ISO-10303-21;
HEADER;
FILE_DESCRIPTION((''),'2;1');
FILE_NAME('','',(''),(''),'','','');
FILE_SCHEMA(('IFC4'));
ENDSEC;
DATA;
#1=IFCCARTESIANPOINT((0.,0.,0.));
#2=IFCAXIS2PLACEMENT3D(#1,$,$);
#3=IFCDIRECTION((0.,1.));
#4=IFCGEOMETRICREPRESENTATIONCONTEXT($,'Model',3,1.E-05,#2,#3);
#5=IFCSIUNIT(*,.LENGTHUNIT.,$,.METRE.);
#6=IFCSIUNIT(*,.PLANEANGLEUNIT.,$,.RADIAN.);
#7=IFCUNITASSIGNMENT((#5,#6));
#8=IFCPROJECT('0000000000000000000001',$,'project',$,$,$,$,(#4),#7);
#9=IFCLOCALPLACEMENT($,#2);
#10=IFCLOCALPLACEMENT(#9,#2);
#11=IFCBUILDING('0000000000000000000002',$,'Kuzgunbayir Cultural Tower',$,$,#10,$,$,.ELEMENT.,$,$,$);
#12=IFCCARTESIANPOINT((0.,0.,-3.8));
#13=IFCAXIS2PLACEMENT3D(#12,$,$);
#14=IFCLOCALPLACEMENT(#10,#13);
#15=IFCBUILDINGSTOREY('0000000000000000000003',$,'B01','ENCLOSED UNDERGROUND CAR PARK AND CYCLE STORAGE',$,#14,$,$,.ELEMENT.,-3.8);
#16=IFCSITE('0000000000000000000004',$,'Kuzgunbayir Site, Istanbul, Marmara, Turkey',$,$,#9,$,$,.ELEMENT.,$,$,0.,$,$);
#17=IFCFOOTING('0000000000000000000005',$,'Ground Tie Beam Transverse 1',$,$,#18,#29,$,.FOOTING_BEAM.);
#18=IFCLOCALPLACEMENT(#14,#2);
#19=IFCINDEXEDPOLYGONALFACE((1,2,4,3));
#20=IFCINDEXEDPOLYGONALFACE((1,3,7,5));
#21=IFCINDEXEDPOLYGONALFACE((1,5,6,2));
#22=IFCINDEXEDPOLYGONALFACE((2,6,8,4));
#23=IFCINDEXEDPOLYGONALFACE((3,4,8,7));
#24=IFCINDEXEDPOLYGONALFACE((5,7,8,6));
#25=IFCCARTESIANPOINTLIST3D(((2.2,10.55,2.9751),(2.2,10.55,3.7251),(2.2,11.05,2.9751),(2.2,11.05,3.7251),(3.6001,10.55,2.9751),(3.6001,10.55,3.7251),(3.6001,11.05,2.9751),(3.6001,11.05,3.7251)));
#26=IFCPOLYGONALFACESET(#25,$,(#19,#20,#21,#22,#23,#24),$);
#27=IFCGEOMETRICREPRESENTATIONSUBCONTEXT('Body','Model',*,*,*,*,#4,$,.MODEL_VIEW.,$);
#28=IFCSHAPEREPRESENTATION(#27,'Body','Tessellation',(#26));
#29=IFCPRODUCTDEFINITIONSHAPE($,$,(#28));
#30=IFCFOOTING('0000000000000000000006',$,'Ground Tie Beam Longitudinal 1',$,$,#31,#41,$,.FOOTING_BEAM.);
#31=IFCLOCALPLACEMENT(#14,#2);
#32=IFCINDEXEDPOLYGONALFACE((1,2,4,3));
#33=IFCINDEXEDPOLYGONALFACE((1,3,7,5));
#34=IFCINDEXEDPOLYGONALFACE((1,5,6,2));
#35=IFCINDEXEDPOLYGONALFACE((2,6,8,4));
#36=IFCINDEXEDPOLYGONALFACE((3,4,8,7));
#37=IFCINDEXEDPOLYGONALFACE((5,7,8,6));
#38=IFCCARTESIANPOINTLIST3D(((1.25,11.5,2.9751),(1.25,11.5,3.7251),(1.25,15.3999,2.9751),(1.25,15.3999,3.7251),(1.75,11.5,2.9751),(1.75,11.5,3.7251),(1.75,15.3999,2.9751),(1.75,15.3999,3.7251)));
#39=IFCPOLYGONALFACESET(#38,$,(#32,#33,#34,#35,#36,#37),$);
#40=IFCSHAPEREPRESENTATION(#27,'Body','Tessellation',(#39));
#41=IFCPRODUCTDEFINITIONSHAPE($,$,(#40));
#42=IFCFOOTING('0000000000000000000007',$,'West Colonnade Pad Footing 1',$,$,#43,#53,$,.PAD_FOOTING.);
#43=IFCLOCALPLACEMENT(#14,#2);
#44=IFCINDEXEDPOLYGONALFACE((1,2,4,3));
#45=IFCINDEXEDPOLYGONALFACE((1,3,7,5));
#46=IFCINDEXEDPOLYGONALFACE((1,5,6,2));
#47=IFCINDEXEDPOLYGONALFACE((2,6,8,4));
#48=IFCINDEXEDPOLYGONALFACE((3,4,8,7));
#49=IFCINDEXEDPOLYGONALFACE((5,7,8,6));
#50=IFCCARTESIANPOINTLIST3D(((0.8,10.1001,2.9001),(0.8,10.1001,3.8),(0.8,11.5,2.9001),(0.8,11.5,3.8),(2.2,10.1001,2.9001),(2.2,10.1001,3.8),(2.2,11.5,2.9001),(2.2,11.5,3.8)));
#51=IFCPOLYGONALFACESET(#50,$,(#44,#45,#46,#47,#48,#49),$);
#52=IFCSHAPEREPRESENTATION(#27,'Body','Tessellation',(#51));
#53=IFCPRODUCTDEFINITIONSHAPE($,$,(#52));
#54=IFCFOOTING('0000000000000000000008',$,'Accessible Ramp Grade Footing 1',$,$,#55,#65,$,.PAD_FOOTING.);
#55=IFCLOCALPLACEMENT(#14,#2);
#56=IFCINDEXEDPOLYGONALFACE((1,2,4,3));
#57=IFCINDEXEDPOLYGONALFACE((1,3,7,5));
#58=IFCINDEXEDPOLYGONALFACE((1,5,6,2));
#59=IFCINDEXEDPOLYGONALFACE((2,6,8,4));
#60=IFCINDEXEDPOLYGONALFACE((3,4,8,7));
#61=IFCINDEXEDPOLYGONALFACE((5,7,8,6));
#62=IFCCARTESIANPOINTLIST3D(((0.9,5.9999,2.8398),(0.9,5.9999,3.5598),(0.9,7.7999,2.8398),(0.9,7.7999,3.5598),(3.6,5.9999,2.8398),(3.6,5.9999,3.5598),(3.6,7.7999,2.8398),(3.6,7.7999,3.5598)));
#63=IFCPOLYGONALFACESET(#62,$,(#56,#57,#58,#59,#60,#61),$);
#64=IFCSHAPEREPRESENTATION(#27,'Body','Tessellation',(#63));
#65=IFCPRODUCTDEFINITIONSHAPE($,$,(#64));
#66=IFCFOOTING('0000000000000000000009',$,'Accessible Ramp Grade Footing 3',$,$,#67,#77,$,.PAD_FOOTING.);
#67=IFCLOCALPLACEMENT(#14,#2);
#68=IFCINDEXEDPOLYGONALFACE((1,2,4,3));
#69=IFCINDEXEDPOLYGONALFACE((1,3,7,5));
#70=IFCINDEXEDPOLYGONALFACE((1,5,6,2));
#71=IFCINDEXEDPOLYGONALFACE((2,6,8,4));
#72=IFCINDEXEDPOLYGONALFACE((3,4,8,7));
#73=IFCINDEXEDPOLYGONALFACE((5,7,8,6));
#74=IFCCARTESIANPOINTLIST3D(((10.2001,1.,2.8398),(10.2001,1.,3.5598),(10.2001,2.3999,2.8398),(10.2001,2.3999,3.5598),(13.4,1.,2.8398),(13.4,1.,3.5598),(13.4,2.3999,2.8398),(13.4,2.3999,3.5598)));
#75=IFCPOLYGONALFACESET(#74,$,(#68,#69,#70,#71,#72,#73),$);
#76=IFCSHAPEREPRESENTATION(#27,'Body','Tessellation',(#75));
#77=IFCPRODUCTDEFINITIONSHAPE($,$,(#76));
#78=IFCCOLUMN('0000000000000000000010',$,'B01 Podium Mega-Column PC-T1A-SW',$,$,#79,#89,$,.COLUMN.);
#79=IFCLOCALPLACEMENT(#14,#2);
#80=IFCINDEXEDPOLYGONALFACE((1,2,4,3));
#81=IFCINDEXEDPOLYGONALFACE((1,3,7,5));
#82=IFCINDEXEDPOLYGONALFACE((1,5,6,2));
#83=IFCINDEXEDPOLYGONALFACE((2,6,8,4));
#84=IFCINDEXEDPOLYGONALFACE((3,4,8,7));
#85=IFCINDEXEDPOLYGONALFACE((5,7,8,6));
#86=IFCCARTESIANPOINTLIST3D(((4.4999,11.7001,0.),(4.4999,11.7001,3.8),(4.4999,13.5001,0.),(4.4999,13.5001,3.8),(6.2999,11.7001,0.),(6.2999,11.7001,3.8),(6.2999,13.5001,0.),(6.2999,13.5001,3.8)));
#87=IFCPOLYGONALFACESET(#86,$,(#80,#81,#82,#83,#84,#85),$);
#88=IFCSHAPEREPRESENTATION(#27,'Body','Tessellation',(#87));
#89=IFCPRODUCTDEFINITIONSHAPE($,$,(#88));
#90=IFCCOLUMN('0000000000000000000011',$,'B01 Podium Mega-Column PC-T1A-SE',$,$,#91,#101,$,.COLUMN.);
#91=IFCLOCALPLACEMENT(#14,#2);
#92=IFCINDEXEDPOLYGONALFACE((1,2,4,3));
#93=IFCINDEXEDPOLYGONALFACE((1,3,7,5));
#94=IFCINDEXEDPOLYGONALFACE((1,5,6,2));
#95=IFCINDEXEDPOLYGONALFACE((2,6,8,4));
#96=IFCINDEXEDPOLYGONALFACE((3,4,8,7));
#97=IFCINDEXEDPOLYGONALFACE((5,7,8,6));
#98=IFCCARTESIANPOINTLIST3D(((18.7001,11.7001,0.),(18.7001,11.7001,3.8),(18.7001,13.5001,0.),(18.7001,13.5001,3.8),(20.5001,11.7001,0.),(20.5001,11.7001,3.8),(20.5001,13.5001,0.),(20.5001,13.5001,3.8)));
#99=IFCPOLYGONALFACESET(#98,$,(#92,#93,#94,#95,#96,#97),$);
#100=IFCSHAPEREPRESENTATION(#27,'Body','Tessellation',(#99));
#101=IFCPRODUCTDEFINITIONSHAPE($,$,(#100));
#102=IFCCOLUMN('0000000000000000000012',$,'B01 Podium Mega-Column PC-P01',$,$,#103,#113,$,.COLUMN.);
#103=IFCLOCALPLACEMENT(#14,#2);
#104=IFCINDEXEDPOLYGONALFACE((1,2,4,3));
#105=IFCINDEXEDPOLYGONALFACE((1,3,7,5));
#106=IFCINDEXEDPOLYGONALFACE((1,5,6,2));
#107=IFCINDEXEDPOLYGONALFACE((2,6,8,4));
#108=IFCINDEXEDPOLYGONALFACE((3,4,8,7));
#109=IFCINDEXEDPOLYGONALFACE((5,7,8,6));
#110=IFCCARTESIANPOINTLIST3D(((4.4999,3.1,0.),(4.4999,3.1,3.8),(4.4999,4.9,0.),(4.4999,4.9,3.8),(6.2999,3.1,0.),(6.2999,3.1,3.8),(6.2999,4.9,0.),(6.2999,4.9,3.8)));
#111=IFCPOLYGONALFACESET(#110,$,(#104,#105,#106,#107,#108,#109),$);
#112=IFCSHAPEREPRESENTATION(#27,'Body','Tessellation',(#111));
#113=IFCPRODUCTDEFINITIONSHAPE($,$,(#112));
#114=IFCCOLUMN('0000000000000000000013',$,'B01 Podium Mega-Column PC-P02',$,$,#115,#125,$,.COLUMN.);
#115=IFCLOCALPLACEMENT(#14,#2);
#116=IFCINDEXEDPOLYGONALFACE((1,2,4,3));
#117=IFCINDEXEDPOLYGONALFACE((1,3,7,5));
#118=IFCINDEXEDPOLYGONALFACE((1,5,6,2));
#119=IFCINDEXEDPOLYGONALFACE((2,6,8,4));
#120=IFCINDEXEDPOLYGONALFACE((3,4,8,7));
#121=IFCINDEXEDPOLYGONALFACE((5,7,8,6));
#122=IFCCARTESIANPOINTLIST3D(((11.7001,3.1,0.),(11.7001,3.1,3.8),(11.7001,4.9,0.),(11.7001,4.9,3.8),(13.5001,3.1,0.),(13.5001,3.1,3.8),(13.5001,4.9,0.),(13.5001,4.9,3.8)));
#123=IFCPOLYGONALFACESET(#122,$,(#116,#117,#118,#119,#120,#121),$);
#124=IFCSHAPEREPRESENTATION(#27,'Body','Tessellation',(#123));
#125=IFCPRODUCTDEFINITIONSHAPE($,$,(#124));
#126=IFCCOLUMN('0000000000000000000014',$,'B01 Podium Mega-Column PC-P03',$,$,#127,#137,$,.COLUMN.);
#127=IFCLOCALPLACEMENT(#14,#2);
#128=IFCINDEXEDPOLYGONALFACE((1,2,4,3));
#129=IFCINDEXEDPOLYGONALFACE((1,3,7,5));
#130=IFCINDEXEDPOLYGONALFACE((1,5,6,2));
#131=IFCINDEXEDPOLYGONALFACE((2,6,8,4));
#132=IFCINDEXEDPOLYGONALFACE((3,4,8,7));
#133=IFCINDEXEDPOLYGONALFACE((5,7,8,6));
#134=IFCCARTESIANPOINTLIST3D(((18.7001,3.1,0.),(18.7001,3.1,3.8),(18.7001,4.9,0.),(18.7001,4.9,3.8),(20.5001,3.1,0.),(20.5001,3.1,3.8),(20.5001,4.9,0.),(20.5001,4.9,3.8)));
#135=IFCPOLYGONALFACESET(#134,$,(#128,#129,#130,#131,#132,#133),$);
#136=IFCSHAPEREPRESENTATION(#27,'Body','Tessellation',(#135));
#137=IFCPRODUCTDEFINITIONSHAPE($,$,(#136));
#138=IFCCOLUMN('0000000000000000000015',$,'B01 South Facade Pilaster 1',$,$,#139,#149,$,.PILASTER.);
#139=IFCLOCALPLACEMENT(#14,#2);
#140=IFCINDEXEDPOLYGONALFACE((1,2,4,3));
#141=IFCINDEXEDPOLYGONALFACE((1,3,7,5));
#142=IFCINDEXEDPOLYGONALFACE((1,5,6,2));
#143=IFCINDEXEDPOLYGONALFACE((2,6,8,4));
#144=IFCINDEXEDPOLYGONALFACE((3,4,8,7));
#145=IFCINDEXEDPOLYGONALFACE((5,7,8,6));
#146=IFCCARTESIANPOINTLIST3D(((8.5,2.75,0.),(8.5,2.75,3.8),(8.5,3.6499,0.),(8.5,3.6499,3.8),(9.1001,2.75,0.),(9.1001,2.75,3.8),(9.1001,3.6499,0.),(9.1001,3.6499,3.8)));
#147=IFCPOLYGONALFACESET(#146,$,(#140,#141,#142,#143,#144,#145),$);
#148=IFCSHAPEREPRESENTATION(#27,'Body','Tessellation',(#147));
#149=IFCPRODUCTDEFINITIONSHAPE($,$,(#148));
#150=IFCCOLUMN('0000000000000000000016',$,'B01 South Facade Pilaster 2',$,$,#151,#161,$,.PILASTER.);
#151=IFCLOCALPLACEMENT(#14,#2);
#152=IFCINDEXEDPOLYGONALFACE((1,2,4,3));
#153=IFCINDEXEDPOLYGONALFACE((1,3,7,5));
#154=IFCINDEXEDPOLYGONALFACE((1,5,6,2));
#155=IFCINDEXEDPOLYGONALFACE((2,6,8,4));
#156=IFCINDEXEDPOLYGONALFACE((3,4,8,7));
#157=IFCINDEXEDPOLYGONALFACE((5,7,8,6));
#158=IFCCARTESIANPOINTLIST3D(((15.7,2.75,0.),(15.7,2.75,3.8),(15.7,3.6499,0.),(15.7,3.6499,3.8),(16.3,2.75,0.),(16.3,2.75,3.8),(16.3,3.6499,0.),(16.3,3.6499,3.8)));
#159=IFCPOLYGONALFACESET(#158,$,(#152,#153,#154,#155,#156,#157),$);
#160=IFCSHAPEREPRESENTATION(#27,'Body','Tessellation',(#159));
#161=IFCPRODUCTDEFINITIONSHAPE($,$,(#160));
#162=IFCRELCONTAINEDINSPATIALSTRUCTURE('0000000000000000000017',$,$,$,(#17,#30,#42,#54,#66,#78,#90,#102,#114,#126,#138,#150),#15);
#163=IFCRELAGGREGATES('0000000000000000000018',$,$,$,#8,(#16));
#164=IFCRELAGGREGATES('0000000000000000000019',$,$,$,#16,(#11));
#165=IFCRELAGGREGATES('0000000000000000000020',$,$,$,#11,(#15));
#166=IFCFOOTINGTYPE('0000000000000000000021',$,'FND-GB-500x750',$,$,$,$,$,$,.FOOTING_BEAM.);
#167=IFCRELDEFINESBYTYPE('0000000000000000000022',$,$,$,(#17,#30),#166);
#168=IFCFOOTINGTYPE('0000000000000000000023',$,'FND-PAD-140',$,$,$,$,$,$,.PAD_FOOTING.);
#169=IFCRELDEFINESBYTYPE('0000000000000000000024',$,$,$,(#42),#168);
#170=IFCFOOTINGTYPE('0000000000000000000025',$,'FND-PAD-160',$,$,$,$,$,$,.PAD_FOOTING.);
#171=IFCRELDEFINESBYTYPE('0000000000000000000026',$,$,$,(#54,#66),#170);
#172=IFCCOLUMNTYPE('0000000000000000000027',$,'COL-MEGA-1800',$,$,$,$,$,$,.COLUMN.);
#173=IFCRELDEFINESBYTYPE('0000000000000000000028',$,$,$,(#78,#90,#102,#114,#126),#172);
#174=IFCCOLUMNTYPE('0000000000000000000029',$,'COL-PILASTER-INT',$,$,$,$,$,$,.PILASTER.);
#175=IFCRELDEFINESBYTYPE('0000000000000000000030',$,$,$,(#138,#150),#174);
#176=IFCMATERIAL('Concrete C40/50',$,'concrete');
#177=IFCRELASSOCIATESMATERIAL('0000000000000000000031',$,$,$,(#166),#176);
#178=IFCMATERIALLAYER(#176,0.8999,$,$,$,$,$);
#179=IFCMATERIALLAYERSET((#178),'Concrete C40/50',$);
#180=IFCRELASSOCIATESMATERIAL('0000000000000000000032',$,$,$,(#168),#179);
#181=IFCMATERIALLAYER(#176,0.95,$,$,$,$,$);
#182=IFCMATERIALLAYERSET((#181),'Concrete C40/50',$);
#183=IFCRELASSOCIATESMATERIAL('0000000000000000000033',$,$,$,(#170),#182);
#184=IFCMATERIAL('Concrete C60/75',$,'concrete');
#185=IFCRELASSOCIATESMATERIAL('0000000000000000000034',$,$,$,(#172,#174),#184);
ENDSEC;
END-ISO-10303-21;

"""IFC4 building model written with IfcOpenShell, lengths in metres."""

from ifc_helpers import new_model, si_unit, direction, frame, origin, origin_2d, place, context, subcontext, project, spatial, rectangle, extrude, material, layer, layer_set, material_profile, profile_set, type_object, element, save


model = new_model("IFC4")

# Units and contexts
model_context = context("Model", 3, precision=1e-05, world=origin(), true_north=direction((0.0, 1.0)))
body_context = subcontext(model_context, "Body", "Model", "MODEL_VIEW")
ifc_project = project(units=[si_unit("LENGTHUNIT", "METRE"), si_unit("PLANEANGLEUNIT", "RADIAN")], contexts=[model_context])

# Site, building, storey
site_placement = place(None, origin())
site = spatial("IfcSite", under=ifc_project, at=site_placement, Name="Kuzgunbayir Site, Istanbul, Marmara, Turkey", CompositionType="ELEMENT", RefElevation=0.0)
building_placement = place(site_placement, origin())
building = spatial("IfcBuilding", under=site, at=building_placement, Name="Kuzgunbayir Cultural Tower", CompositionType="ELEMENT")
storey_placement = place(building_placement, frame((0.0, 0.0, -3.8)))
storey = spatial("IfcBuildingStorey", under=building, at=storey_placement, Name="B01", Description="ENCLOSED UNDERGROUND CAR PARK AND CYCLE STORAGE", CompositionType="ELEMENT", Elevation=-3.8)

# Footings
ifc_material_1 = material(Name="Concrete C40/50", Category="concrete")
ifc_material_profile_1 = material_profile(ifc_material_1, rectangle(XDim=0.5, YDim=0.75, at=origin_2d()), Name="RC 500x750")
ifc_profile_set_1 = profile_set([ifc_material_profile_1], Name="Concrete C40/50")
footing_type_1 = type_object("IfcFootingType", Name="FND-GB-500x750", PredefinedType="FOOTING_BEAM", material=ifc_profile_set_1)
footing_1_placement = place(storey_placement, frame((2.2, 10.8, 3.3501), z_axis=(1.0, 0.0, 0.0), x_axis=(0.0, 1.0, 0.0)))
element("IfcFooting", 1, at=footing_1_placement, inside=storey, type_object=footing_type_1, Name="Ground Tie Beam Transverse 1", PredefinedType="FOOTING_BEAM", context=body_context, shape_type="SweptSolid", body=[
    extrude(rectangle(XDim=0.5, YDim=0.75, at=origin_2d()), origin(), (0.0, 0.0, 1.0), 1.4001),
])
footing_2_placement = place(storey_placement, frame((1.5, 11.5, 3.3501), z_axis=(0.0, 1.0, 0.0), x_axis=(-1.0, 0.0, 0.0)))
element("IfcFooting", 2, at=footing_2_placement, inside=storey, type_object=footing_type_1, Name="Ground Tie Beam Longitudinal 1", PredefinedType="FOOTING_BEAM", context=body_context, shape_type="SweptSolid", body=[
    extrude(rectangle(XDim=0.5, YDim=0.75, at=origin_2d()), origin(), (0.0, 0.0, 1.0), 3.8999),
])
ifc_layer_1 = layer(ifc_material_1, 0.8999)
ifc_layer_set_1 = layer_set([ifc_layer_1], Name="Concrete C40/50")
footing_type_2 = type_object("IfcFootingType", Name="FND-PAD-140", PredefinedType="PAD_FOOTING", material=ifc_layer_set_1)
footing_3_placement = place(storey_placement, frame((1.5, 10.8, 2.9001), z_axis=(0.0, 0.0, 1.0), x_axis=(1.0, 0.0, 0.0)))
element("IfcFooting", 3, at=footing_3_placement, inside=storey, type_object=footing_type_2, Name="West Colonnade Pad Footing 1", PredefinedType="PAD_FOOTING", context=body_context, shape_type="SweptSolid", body=[
    extrude(rectangle(XDim=1.3999, YDim=1.3999, at=origin_2d()), origin(), (0.0, 0.0, 1.0), 0.8999),
])
ifc_layer_2 = layer(ifc_material_1, 0.95)
ifc_layer_set_2 = layer_set([ifc_layer_2], Name="Concrete C40/50")
footing_type_3 = type_object("IfcFootingType", Name="FND-PAD-160", PredefinedType="PAD_FOOTING", material=ifc_layer_set_2)
footing_4_placement = place(storey_placement, frame((2.25, 6.8999, 2.8398), z_axis=(0.0, 0.0, 1.0), x_axis=(1.0, 0.0, 0.0)))
element("IfcFooting", 4, at=footing_4_placement, inside=storey, type_object=footing_type_3, Name="Accessible Ramp Grade Footing 1", PredefinedType="PAD_FOOTING", context=body_context, shape_type="SweptSolid", body=[
    extrude(rectangle(XDim=2.7, YDim=1.8, at=origin_2d()), origin(), (0.0, 0.0, 1.0), 0.72),
])
footing_5_placement = place(storey_placement, frame((11.8, 1.7, 2.8398), z_axis=(0.0, 0.0, 1.0), x_axis=(1.0, 0.0, 0.0)))
element("IfcFooting", 5, at=footing_5_placement, inside=storey, type_object=footing_type_3, Name="Accessible Ramp Grade Footing 3", PredefinedType="PAD_FOOTING", context=body_context, shape_type="SweptSolid", body=[
    extrude(rectangle(XDim=3.2, YDim=1.3999, at=origin_2d()), origin(), (0.0, 0.0, 1.0), 0.72),
])

# Columns
ifc_material_2 = material(Name="Concrete C60/75", Category="concrete")
ifc_material_profile_2 = material_profile(ifc_material_2, rectangle(XDim=1.8, YDim=1.8, at=origin_2d()), Name="RC 1800x1800")
ifc_profile_set_2 = profile_set([ifc_material_profile_2], Name="Concrete C60/75")
column_type_1 = type_object("IfcColumnType", Name="COL-MEGA-1800", PredefinedType="COLUMN", material=ifc_profile_set_2)
for number, where, z_axis, x_axis, name in (
    (6, (5.3999, 12.6001, 0.0), (0.0, 0.0, 1.0), (1.0, 0.0, 0.0), "B01 Podium Mega-Column PC-T1A-SW"),
    (7, (19.6001, 12.6001, 0.0), (0.0, 0.0, 1.0), (1.0, 0.0, 0.0), "B01 Podium Mega-Column PC-T1A-SE"),
    (8, (5.3999, 4.0, 0.0), (0.0, 0.0, 1.0), (1.0, 0.0, 0.0), "B01 Podium Mega-Column PC-P01"),
    (9, (12.6001, 4.0, 0.0), (0.0, 0.0, 1.0), (1.0, 0.0, 0.0), "B01 Podium Mega-Column PC-P02"),
    (10, (19.6001, 4.0, 0.0), (0.0, 0.0, 1.0), (1.0, 0.0, 0.0), "B01 Podium Mega-Column PC-P03"),
):
    element("IfcColumn", number, at=place(storey_placement, frame(where, z_axis=z_axis, x_axis=x_axis)), inside=storey, type_object=column_type_1, Name=name, PredefinedType="COLUMN", context=body_context, shape_type="SweptSolid", body=[
        extrude(rectangle(XDim=1.8, YDim=1.8, at=origin_2d()), origin(), (0.0, 0.0, 1.0), 3.8),
    ])
ifc_material_profile_3 = material_profile(ifc_material_2, rectangle(XDim=0.6001, YDim=0.8999, at=origin_2d()), Name="RC 600x900")
ifc_profile_set_3 = profile_set([ifc_material_profile_3], Name="Concrete C60/75")
column_type_2 = type_object("IfcColumnType", Name="COL-PILASTER-INT", PredefinedType="PILASTER", material=ifc_profile_set_3)
for number, where, z_axis, x_axis, name in (
    (11, (8.8, 3.2, 0.0), (0.0, 0.0, 1.0), (1.0, 0.0, 0.0), "B01 South Facade Pilaster 1"),
    (12, (16.0, 3.2, 0.0), (0.0, 0.0, 1.0), (1.0, 0.0, 0.0), "B01 South Facade Pilaster 2"),
):
    element("IfcColumn", number, at=place(storey_placement, frame(where, z_axis=z_axis, x_axis=x_axis)), inside=storey, type_object=column_type_2, Name=name, PredefinedType="PILASTER", context=body_context, shape_type="SweptSolid", body=[
        extrude(rectangle(XDim=0.6001, YDim=0.8999, at=origin_2d()), origin(), (0.0, 0.0, 1.0), 3.8),
    ])

save(model, "model.ifc")
